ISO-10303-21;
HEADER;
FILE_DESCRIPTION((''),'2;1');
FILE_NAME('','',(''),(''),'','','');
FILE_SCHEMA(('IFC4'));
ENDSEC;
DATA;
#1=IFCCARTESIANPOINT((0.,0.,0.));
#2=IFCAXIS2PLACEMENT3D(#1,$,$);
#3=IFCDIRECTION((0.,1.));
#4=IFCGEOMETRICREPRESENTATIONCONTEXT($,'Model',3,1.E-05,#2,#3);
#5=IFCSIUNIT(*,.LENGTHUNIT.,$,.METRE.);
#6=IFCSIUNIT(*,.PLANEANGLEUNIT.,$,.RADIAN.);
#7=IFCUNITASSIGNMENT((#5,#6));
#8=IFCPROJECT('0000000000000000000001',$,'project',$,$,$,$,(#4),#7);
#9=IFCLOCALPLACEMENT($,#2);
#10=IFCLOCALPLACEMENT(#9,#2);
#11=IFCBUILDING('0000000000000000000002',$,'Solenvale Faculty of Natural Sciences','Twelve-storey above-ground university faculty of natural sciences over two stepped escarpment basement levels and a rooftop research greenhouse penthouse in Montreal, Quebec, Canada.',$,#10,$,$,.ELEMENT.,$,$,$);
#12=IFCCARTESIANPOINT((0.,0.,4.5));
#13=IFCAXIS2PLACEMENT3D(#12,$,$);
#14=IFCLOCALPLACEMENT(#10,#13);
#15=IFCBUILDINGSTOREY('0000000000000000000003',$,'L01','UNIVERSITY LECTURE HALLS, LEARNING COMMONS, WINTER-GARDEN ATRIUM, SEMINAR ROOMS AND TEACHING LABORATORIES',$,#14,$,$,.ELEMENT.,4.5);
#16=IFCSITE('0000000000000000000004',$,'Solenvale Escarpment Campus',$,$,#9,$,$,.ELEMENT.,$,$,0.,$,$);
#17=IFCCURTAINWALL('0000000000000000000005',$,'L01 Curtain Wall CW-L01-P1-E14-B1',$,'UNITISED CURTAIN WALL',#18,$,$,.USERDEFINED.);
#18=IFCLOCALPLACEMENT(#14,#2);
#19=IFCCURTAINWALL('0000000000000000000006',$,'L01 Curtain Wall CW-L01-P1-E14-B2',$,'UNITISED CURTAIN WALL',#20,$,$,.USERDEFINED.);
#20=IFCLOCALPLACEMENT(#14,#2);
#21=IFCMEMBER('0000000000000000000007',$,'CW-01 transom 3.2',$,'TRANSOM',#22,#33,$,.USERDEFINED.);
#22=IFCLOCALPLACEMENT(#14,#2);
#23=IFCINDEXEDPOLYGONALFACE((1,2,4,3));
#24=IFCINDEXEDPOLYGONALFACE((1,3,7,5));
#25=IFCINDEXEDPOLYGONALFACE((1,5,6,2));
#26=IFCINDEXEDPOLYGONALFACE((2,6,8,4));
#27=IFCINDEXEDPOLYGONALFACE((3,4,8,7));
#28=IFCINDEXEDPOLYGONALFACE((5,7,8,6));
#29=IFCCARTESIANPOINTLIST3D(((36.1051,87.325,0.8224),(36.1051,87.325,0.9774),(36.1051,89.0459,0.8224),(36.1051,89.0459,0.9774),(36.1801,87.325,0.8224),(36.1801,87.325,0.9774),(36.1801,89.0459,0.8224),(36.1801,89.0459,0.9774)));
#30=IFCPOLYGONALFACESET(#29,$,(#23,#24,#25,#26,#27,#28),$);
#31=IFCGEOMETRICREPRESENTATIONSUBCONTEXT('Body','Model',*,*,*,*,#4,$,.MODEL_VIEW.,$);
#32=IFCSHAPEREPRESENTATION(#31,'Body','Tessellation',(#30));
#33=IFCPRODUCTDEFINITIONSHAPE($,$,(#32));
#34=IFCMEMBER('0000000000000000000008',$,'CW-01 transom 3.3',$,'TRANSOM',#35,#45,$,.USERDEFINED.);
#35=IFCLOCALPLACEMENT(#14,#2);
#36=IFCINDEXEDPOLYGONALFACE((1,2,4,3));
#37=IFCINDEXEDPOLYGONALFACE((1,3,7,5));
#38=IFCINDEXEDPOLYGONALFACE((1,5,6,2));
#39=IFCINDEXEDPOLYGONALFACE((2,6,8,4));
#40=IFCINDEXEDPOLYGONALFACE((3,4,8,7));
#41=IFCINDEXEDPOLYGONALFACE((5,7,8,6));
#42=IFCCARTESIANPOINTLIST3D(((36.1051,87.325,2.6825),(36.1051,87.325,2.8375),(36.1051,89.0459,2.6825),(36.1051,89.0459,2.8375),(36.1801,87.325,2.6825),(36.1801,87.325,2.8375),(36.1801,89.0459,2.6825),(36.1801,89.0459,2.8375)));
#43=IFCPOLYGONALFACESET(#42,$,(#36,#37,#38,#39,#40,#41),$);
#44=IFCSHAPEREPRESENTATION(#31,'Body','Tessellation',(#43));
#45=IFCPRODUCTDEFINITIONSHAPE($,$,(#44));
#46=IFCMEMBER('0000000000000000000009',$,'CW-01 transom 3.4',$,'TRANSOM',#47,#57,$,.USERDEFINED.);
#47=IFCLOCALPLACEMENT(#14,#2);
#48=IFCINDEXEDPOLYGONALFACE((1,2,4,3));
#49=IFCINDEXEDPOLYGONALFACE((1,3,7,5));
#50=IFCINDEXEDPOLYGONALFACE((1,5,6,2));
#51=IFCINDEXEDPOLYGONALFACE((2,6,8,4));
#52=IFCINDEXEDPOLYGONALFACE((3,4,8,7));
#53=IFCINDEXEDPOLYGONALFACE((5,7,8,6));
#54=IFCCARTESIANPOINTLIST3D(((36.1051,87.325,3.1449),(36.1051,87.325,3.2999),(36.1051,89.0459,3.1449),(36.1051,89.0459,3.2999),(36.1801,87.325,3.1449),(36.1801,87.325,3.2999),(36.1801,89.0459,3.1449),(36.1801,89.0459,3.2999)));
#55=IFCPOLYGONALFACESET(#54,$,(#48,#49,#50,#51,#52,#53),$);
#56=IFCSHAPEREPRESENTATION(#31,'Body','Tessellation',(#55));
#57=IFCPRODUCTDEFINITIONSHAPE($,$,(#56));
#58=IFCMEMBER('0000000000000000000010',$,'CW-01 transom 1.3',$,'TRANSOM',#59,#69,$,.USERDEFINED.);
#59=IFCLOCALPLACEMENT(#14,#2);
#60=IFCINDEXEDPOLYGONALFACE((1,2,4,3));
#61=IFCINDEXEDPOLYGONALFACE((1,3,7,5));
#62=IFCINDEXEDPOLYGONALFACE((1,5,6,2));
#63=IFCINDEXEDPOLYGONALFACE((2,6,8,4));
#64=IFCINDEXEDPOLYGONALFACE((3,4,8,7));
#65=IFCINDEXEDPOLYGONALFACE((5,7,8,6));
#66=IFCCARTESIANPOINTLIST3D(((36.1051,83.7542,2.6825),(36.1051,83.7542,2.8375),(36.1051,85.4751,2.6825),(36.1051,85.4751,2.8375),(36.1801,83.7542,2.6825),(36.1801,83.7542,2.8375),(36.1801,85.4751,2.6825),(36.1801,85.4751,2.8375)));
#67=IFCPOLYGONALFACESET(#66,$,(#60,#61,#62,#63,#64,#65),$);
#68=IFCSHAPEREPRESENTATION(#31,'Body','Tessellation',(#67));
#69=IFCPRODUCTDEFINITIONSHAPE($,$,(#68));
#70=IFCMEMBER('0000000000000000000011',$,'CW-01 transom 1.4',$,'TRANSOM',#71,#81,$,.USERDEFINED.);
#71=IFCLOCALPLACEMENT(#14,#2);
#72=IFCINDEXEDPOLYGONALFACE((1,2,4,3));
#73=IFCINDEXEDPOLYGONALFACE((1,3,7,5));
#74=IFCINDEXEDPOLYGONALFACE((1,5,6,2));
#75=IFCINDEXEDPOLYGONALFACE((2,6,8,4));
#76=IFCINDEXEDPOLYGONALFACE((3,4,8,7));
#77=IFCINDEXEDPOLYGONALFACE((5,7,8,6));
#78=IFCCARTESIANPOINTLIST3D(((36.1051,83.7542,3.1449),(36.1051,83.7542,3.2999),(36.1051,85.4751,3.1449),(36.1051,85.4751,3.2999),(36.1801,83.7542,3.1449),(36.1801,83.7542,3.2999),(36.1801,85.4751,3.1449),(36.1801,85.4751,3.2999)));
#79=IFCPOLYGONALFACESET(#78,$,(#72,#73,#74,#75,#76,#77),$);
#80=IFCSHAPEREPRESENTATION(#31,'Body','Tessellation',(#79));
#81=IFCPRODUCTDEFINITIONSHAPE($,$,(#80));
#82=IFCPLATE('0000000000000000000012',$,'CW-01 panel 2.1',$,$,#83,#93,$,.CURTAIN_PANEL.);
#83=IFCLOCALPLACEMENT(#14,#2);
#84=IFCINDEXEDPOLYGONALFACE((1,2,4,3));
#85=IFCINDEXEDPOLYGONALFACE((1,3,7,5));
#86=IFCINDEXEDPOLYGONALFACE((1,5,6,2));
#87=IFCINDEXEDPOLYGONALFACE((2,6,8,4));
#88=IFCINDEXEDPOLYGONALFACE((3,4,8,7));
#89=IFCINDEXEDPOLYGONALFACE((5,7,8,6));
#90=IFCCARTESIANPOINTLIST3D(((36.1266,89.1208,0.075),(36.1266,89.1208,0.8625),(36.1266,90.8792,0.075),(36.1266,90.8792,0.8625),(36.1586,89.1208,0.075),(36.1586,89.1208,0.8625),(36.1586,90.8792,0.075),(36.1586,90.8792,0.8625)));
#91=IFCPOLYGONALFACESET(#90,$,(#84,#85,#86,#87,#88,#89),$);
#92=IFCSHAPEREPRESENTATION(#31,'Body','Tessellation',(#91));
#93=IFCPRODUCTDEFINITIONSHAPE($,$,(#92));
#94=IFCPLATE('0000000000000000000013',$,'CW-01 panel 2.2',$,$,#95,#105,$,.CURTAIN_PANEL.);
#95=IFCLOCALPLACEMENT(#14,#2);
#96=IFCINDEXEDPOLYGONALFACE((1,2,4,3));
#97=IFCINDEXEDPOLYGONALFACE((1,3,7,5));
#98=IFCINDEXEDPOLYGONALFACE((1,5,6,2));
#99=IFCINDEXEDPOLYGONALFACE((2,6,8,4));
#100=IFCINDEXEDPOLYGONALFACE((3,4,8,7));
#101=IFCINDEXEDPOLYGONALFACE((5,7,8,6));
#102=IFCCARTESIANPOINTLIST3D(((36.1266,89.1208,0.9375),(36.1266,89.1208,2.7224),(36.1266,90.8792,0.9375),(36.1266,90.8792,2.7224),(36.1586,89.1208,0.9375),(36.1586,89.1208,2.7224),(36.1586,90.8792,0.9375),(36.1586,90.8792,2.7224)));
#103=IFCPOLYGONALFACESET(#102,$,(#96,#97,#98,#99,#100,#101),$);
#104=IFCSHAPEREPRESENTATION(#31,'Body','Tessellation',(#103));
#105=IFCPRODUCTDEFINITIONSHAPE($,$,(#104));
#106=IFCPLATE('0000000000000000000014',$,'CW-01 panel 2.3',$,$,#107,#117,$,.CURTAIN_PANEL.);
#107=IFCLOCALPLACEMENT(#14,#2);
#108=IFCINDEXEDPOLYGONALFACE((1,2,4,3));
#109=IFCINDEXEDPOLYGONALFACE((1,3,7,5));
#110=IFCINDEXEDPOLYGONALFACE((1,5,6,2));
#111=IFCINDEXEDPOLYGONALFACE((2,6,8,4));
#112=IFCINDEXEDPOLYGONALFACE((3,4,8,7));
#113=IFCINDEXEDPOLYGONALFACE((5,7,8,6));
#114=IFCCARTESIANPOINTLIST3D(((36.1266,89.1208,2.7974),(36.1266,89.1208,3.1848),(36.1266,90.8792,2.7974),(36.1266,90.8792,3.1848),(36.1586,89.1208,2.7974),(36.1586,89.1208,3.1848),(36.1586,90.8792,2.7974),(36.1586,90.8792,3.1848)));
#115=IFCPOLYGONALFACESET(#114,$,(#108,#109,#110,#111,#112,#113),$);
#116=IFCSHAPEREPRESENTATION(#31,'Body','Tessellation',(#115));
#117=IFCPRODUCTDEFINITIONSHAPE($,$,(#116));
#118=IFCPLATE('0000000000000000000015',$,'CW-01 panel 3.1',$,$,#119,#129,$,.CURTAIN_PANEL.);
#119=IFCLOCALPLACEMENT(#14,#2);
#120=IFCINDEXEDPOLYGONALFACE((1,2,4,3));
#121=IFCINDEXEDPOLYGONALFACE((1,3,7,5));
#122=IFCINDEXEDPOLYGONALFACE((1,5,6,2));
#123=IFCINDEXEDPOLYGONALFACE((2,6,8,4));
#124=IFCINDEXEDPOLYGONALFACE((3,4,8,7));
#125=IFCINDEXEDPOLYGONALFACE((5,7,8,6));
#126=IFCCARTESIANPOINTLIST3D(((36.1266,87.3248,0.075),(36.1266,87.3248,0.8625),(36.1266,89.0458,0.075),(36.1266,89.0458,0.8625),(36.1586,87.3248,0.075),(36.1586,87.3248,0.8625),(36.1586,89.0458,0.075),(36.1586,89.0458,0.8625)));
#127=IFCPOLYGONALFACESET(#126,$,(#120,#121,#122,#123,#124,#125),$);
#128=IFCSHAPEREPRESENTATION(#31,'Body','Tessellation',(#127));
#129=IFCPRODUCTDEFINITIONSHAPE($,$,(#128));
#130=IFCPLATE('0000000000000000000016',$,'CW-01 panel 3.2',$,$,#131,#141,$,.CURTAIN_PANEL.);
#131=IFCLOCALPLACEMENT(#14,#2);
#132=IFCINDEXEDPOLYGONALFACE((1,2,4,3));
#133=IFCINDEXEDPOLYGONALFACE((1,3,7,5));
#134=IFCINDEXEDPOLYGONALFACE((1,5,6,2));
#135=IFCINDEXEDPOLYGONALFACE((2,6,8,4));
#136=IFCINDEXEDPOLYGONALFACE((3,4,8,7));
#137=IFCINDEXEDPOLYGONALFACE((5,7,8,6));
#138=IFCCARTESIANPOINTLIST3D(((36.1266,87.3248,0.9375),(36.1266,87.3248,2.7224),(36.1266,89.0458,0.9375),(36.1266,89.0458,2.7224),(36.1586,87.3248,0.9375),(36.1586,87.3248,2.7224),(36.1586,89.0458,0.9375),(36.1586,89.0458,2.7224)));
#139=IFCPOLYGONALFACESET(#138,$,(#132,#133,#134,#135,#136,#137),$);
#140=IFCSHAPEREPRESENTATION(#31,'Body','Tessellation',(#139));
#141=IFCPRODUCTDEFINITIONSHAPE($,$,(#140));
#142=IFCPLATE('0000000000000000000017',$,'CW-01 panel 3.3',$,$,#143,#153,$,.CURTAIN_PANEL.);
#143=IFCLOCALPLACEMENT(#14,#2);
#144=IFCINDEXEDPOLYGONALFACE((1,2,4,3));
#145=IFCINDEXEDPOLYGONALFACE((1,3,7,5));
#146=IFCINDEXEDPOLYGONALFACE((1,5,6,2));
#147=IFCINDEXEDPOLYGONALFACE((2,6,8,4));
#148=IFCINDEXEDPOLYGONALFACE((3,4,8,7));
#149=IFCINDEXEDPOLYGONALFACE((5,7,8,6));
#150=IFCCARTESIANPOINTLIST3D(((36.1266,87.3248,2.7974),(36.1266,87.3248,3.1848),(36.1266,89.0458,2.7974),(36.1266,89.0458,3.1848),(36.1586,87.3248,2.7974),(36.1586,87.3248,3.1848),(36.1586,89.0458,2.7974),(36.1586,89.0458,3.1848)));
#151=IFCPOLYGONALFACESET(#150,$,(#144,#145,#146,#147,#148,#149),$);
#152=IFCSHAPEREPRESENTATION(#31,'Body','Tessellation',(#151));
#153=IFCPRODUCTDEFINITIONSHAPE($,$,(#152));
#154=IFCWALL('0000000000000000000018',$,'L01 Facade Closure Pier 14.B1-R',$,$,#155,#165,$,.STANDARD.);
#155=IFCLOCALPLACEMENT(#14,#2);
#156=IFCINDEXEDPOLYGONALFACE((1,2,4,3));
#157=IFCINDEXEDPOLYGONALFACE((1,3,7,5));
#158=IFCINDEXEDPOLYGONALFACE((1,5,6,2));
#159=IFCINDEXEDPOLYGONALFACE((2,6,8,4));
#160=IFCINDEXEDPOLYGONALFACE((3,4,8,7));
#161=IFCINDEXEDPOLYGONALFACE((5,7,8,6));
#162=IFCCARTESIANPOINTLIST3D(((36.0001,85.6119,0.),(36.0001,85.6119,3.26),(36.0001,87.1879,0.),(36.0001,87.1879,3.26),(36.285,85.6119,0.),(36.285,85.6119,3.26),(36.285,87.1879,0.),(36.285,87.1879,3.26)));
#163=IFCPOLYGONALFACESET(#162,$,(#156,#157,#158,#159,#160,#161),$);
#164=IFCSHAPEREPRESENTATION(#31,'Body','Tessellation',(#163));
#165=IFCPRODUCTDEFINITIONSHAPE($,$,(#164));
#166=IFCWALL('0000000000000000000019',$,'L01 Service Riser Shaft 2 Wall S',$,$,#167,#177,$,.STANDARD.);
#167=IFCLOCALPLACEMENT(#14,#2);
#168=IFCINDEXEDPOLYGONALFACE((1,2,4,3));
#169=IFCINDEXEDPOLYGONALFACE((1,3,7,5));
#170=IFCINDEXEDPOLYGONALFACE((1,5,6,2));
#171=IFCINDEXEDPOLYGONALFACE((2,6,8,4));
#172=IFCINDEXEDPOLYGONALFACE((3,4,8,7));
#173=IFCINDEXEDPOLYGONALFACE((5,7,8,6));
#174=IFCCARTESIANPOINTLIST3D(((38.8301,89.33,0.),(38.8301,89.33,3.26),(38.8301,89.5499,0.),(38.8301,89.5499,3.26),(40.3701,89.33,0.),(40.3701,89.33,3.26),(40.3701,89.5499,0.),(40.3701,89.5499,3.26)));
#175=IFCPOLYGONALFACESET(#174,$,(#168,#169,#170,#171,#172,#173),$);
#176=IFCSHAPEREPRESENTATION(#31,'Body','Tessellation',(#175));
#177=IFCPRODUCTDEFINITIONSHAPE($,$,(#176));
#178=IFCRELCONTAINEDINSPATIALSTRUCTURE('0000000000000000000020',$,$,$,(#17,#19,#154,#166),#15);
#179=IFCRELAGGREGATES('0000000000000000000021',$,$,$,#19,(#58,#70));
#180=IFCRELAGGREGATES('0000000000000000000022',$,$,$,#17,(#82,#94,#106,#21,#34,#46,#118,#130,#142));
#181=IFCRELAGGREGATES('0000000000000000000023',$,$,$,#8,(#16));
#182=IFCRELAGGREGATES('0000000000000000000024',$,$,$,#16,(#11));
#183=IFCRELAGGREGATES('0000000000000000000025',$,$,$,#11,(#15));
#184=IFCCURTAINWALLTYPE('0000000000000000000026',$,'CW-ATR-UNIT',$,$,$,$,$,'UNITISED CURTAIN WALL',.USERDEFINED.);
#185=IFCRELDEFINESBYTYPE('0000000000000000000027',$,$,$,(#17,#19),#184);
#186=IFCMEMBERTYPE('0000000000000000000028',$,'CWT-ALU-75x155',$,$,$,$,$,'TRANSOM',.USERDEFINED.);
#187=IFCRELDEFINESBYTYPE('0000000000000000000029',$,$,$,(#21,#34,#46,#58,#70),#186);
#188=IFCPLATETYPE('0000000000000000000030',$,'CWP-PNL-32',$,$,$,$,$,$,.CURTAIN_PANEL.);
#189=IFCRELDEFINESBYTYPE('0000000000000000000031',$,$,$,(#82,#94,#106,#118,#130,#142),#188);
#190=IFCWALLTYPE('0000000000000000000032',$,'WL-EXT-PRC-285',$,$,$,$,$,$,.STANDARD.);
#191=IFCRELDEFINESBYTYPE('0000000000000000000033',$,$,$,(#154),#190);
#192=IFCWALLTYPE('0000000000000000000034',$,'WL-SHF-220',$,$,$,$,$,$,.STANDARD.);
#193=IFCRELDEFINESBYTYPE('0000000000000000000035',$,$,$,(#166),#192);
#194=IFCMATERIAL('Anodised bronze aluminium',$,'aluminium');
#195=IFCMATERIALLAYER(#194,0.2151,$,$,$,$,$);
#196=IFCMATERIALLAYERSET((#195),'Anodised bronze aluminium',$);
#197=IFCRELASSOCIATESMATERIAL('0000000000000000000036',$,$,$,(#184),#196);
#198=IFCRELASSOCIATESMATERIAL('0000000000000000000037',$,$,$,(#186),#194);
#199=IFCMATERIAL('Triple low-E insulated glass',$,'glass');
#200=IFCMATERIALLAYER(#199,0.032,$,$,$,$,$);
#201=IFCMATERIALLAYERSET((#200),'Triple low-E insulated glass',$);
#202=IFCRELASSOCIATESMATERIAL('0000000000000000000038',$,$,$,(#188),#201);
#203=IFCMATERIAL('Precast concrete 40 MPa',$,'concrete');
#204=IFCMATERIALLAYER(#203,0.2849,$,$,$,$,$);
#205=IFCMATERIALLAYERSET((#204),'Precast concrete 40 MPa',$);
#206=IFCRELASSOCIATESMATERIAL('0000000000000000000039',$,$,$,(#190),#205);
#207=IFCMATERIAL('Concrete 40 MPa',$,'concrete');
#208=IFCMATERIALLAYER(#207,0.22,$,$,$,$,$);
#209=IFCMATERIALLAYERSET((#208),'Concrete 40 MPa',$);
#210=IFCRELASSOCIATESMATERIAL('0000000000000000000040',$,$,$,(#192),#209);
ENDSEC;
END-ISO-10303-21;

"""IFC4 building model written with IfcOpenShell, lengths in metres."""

from ifc_helpers import new_model, si_unit, direction, frame, frame_2d, origin, origin_2d, place, context, subcontext, project, spatial, rectangle, extrude, material, layer, layer_set, material_profile, profile_set, type_object, element, aggregate, save


model = new_model("IFC4")

# Units and contexts
model_context = context("Model", 3, precision=1e-05, world=origin(), true_north=direction((0.0, 1.0)))
body_context = subcontext(model_context, "Body", "Model", "MODEL_VIEW")
ifc_project = project(units=[si_unit("LENGTHUNIT", "METRE"), si_unit("PLANEANGLEUNIT", "RADIAN")], contexts=[model_context])

# Site, building, storey
site_placement = place(None, origin())
site = spatial("IfcSite", under=ifc_project, at=site_placement, Name="Solenvale Escarpment Campus", CompositionType="ELEMENT", RefElevation=0.0)
building_placement = place(site_placement, origin())
building = spatial("IfcBuilding", under=site, at=building_placement, Name="Solenvale Faculty of Natural Sciences", Description="Twelve-storey above-ground university faculty of natural sciences over two stepped escarpment basement levels and a rooftop research greenhouse penthouse in Montreal, Quebec, Canada.", CompositionType="ELEMENT")
storey_placement = place(building_placement, frame((0.0, 0.0, 4.5)))
storey = spatial("IfcBuildingStorey", under=building, at=storey_placement, Name="L01", Description="UNIVERSITY LECTURE HALLS, LEARNING COMMONS, WINTER-GARDEN ATRIUM, SEMINAR ROOMS AND TEACHING LABORATORIES", CompositionType="ELEMENT", Elevation=4.5)

# Shared definitions
ifc_material_1 = material(Name="Concrete 40 MPa", Category="concrete")

# Curtain wall
ifc_material_2 = material(Name="Anodised bronze aluminium", Category="aluminium")
ifc_layer_1 = layer(ifc_material_2, 0.2151)
ifc_layer_set_1 = layer_set([ifc_layer_1], Name="Anodised bronze aluminium")
curtain_wall_type = type_object("IfcCurtainWallType", Name="CW-ATR-UNIT", ElementType="UNITISED CURTAIN WALL", PredefinedType="USERDEFINED", material=ifc_layer_set_1)
curtain_wall_1_placement = place(storey_placement, origin())
curtain_wall_1 = element("IfcCurtainWall", 1, at=curtain_wall_1_placement, inside=storey, type_object=curtain_wall_type, Name="L01 Curtain Wall CW-L01-P1-E14-B1", ObjectType="UNITISED CURTAIN WALL", PredefinedType="USERDEFINED")

# Curtain wall
curtain_wall_2_placement = place(storey_placement, origin())
curtain_wall_2 = element("IfcCurtainWall", 2, at=curtain_wall_2_placement, inside=storey, type_object=curtain_wall_type, Name="L01 Curtain Wall CW-L01-P1-E14-B2", ObjectType="UNITISED CURTAIN WALL", PredefinedType="USERDEFINED")

# Members
ifc_material_profile_1 = material_profile(ifc_material_2, rectangle(XDim=0.075, YDim=0.155, at=origin_2d()), Name="ALU-TRN-75x155")
ifc_profile_set_1 = profile_set([ifc_material_profile_1], Name="Anodised bronze aluminium")
member_type_1 = type_object("IfcMemberType", Name="CWT-ALU-75x155", ElementType="TRANSOM", PredefinedType="USERDEFINED", material=ifc_profile_set_1)
member_1_placement = place(storey_placement, frame((36.1426, 89.0459, 0.8999), z_axis=(0.0, -1.0, 0.0), x_axis=(1.0, 0.0, 0.0)))
member_1 = element("IfcMember", 3, at=member_1_placement, type_object=member_type_1, Name="CW-01 transom 3.2", ObjectType="TRANSOM", PredefinedType="USERDEFINED", context=body_context, shape_type="SweptSolid", body=[
    extrude(rectangle(XDim=0.075, YDim=0.155, at=origin_2d()), origin(), (0.0, 0.0, 1.0), 1.7209),
])
member_2_placement = place(storey_placement, frame((36.1426, 89.0459, 2.76), z_axis=(0.0, -1.0, 0.0), x_axis=(1.0, 0.0, 0.0)))
member_2 = element("IfcMember", 4, at=member_2_placement, type_object=member_type_1, Name="CW-01 transom 3.3", ObjectType="TRANSOM", PredefinedType="USERDEFINED", context=body_context, shape_type="SweptSolid", body=[
    extrude(rectangle(XDim=0.075, YDim=0.155, at=origin_2d()), origin(), (0.0, 0.0, 1.0), 1.7209),
])
member_3_placement = place(storey_placement, frame((36.1426, 89.0459, 3.2224), z_axis=(0.0, -1.0, 0.0), x_axis=(1.0, 0.0, 0.0)))
member_3 = element("IfcMember", 5, at=member_3_placement, type_object=member_type_1, Name="CW-01 transom 3.4", ObjectType="TRANSOM", PredefinedType="USERDEFINED", context=body_context, shape_type="SweptSolid", body=[
    extrude(rectangle(XDim=0.075, YDim=0.155, at=origin_2d()), origin(), (0.0, 0.0, 1.0), 1.7209),
])
member_4_placement = place(storey_placement, frame((36.1426, 85.4751, 2.76), z_axis=(0.0, -1.0, 0.0), x_axis=(1.0, 0.0, 0.0)))
member_4 = element("IfcMember", 6, at=member_4_placement, type_object=member_type_1, Name="CW-01 transom 1.3", ObjectType="TRANSOM", PredefinedType="USERDEFINED", context=body_context, shape_type="SweptSolid", body=[
    extrude(rectangle(XDim=0.075, YDim=0.155, at=origin_2d()), origin(), (0.0, 0.0, 1.0), 1.7209),
])
member_5_placement = place(storey_placement, frame((36.1426, 85.4751, 3.2224), z_axis=(0.0, -1.0, 0.0), x_axis=(1.0, 0.0, 0.0)))
member_5 = element("IfcMember", 7, at=member_5_placement, type_object=member_type_1, Name="CW-01 transom 1.4", ObjectType="TRANSOM", PredefinedType="USERDEFINED", context=body_context, shape_type="SweptSolid", body=[
    extrude(rectangle(XDim=0.075, YDim=0.155, at=origin_2d()), origin(), (0.0, 0.0, 1.0), 1.7209),
])
aggregate(curtain_wall_2, [member_4, member_5])

# Plates
ifc_material_3 = material(Name="Triple low-E insulated glass", Category="glass")
ifc_layer_2 = layer(ifc_material_3, 0.032)
ifc_layer_set_2 = layer_set([ifc_layer_2], Name="Triple low-E insulated glass")
plate_type = type_object("IfcPlateType", Name="CWP-PNL-32", PredefinedType="CURTAIN_PANEL", material=ifc_layer_set_2)
plate_1_placement = place(storey_placement, frame((36.1426, 90.0, 0.075), z_axis=(0.0, 0.0, 1.0), x_axis=(0.0, -1.0, 0.0)))
plate_1 = element("IfcPlate", 8, at=plate_1_placement, type_object=plate_type, Name="CW-01 panel 2.1", PredefinedType="CURTAIN_PANEL", context=body_context, shape_type="SweptSolid", body=[
    extrude(rectangle(XDim=1.7583, YDim=0.032, at=origin_2d()), origin(), (0.0, 0.0, 1.0), 0.7876),
])
plate_2_placement = place(storey_placement, frame((36.1426, 90.0, 0.9375), z_axis=(0.0, 0.0, 1.0), x_axis=(0.0, -1.0, 0.0)))
plate_2 = element("IfcPlate", 9, at=plate_2_placement, type_object=plate_type, Name="CW-01 panel 2.2", PredefinedType="CURTAIN_PANEL", context=body_context, shape_type="SweptSolid", body=[
    extrude(rectangle(XDim=1.7583, YDim=0.032, at=origin_2d()), origin(), (0.0, 0.0, 1.0), 1.7849),
])
plate_3_placement = place(storey_placement, frame((36.1426, 90.0, 2.7974), z_axis=(0.0, 0.0, 1.0), x_axis=(0.0, -1.0, 0.0)))
plate_3 = element("IfcPlate", 10, at=plate_3_placement, type_object=plate_type, Name="CW-01 panel 2.3", PredefinedType="CURTAIN_PANEL", context=body_context, shape_type="SweptSolid", body=[
    extrude(rectangle(XDim=1.7583, YDim=0.032, at=origin_2d()), origin(), (0.0, 0.0, 1.0), 0.3875),
])
plate_4_placement = place(storey_placement, frame((36.1426, 88.1853, 0.075), z_axis=(0.0, 0.0, 1.0), x_axis=(0.0, -1.0, 0.0)))
plate_4 = element("IfcPlate", 11, at=plate_4_placement, type_object=plate_type, Name="CW-01 panel 3.1", PredefinedType="CURTAIN_PANEL", context=body_context, shape_type="SweptSolid", body=[
    extrude(rectangle(XDim=1.7209, YDim=0.032, at=origin_2d()), origin(), (0.0, 0.0, 1.0), 0.7876),
])
plate_5_placement = place(storey_placement, frame((36.1426, 88.1853, 0.9375), z_axis=(0.0, 0.0, 1.0), x_axis=(0.0, -1.0, 0.0)))
plate_5 = element("IfcPlate", 12, at=plate_5_placement, type_object=plate_type, Name="CW-01 panel 3.2", PredefinedType="CURTAIN_PANEL", context=body_context, shape_type="SweptSolid", body=[
    extrude(rectangle(XDim=1.7209, YDim=0.032, at=origin_2d()), origin(), (0.0, 0.0, 1.0), 1.7849),
])
plate_6_placement = place(storey_placement, frame((36.1426, 88.1853, 2.7974), z_axis=(0.0, 0.0, 1.0), x_axis=(0.0, -1.0, 0.0)))
plate_6 = element("IfcPlate", 13, at=plate_6_placement, type_object=plate_type, Name="CW-01 panel 3.3", PredefinedType="CURTAIN_PANEL", context=body_context, shape_type="SweptSolid", body=[
    extrude(rectangle(XDim=1.7209, YDim=0.032, at=origin_2d()), origin(), (0.0, 0.0, 1.0), 0.3875),
])
aggregate(curtain_wall_1, [plate_1, plate_2, plate_3, member_1, member_2, member_3, plate_4, plate_5, plate_6])

# Walls
ifc_material_4 = material(Name="Precast concrete 40 MPa", Category="concrete")
ifc_layer_3 = layer(ifc_material_4, 0.2849)
ifc_layer_set_3 = layer_set([ifc_layer_3], Name="Precast concrete 40 MPa")
wall_type_1 = type_object("IfcWallType", Name="WL-EXT-PRC-285", PredefinedType="STANDARD", material=ifc_layer_set_3)
wall_1_placement = place(storey_placement, frame((36.1426, 87.188, 0.0), z_axis=(0.0, 0.0, 1.0), x_axis=(0.0, -1.0, 0.0)))
element("IfcWall", 14, at=wall_1_placement, inside=storey, type_object=wall_type_1, Name="L01 Facade Closure Pier 14.B1-R", PredefinedType="STANDARD", context=body_context, shape_type="SweptSolid", body=[
    extrude(rectangle(XDim=1.5759, YDim=0.2849, at=frame_2d((0.7881, 0.0))), origin(), (0.0, 0.0, 1.0), 3.26),
])
ifc_layer_4 = layer(ifc_material_1, 0.22)
ifc_layer_set_4 = layer_set([ifc_layer_4], Name="Concrete 40 MPa")
wall_type_2 = type_object("IfcWallType", Name="WL-SHF-220", PredefinedType="STANDARD", material=ifc_layer_set_4)
wall_2_placement = place(storey_placement, frame((38.8301, 89.4399, 0.0), z_axis=(0.0, 0.0, 1.0), x_axis=(1.0, 0.0, 0.0)))
element("IfcWall", 15, at=wall_2_placement, inside=storey, type_object=wall_type_2, Name="L01 Service Riser Shaft 2 Wall S", PredefinedType="STANDARD", context=body_context, shape_type="SweptSolid", body=[
    extrude(rectangle(XDim=1.54, YDim=0.22, at=frame_2d((0.77, 0.0))), origin(), (0.0, 0.0, 1.0), 3.26),
])

save(model, "model.ifc")
